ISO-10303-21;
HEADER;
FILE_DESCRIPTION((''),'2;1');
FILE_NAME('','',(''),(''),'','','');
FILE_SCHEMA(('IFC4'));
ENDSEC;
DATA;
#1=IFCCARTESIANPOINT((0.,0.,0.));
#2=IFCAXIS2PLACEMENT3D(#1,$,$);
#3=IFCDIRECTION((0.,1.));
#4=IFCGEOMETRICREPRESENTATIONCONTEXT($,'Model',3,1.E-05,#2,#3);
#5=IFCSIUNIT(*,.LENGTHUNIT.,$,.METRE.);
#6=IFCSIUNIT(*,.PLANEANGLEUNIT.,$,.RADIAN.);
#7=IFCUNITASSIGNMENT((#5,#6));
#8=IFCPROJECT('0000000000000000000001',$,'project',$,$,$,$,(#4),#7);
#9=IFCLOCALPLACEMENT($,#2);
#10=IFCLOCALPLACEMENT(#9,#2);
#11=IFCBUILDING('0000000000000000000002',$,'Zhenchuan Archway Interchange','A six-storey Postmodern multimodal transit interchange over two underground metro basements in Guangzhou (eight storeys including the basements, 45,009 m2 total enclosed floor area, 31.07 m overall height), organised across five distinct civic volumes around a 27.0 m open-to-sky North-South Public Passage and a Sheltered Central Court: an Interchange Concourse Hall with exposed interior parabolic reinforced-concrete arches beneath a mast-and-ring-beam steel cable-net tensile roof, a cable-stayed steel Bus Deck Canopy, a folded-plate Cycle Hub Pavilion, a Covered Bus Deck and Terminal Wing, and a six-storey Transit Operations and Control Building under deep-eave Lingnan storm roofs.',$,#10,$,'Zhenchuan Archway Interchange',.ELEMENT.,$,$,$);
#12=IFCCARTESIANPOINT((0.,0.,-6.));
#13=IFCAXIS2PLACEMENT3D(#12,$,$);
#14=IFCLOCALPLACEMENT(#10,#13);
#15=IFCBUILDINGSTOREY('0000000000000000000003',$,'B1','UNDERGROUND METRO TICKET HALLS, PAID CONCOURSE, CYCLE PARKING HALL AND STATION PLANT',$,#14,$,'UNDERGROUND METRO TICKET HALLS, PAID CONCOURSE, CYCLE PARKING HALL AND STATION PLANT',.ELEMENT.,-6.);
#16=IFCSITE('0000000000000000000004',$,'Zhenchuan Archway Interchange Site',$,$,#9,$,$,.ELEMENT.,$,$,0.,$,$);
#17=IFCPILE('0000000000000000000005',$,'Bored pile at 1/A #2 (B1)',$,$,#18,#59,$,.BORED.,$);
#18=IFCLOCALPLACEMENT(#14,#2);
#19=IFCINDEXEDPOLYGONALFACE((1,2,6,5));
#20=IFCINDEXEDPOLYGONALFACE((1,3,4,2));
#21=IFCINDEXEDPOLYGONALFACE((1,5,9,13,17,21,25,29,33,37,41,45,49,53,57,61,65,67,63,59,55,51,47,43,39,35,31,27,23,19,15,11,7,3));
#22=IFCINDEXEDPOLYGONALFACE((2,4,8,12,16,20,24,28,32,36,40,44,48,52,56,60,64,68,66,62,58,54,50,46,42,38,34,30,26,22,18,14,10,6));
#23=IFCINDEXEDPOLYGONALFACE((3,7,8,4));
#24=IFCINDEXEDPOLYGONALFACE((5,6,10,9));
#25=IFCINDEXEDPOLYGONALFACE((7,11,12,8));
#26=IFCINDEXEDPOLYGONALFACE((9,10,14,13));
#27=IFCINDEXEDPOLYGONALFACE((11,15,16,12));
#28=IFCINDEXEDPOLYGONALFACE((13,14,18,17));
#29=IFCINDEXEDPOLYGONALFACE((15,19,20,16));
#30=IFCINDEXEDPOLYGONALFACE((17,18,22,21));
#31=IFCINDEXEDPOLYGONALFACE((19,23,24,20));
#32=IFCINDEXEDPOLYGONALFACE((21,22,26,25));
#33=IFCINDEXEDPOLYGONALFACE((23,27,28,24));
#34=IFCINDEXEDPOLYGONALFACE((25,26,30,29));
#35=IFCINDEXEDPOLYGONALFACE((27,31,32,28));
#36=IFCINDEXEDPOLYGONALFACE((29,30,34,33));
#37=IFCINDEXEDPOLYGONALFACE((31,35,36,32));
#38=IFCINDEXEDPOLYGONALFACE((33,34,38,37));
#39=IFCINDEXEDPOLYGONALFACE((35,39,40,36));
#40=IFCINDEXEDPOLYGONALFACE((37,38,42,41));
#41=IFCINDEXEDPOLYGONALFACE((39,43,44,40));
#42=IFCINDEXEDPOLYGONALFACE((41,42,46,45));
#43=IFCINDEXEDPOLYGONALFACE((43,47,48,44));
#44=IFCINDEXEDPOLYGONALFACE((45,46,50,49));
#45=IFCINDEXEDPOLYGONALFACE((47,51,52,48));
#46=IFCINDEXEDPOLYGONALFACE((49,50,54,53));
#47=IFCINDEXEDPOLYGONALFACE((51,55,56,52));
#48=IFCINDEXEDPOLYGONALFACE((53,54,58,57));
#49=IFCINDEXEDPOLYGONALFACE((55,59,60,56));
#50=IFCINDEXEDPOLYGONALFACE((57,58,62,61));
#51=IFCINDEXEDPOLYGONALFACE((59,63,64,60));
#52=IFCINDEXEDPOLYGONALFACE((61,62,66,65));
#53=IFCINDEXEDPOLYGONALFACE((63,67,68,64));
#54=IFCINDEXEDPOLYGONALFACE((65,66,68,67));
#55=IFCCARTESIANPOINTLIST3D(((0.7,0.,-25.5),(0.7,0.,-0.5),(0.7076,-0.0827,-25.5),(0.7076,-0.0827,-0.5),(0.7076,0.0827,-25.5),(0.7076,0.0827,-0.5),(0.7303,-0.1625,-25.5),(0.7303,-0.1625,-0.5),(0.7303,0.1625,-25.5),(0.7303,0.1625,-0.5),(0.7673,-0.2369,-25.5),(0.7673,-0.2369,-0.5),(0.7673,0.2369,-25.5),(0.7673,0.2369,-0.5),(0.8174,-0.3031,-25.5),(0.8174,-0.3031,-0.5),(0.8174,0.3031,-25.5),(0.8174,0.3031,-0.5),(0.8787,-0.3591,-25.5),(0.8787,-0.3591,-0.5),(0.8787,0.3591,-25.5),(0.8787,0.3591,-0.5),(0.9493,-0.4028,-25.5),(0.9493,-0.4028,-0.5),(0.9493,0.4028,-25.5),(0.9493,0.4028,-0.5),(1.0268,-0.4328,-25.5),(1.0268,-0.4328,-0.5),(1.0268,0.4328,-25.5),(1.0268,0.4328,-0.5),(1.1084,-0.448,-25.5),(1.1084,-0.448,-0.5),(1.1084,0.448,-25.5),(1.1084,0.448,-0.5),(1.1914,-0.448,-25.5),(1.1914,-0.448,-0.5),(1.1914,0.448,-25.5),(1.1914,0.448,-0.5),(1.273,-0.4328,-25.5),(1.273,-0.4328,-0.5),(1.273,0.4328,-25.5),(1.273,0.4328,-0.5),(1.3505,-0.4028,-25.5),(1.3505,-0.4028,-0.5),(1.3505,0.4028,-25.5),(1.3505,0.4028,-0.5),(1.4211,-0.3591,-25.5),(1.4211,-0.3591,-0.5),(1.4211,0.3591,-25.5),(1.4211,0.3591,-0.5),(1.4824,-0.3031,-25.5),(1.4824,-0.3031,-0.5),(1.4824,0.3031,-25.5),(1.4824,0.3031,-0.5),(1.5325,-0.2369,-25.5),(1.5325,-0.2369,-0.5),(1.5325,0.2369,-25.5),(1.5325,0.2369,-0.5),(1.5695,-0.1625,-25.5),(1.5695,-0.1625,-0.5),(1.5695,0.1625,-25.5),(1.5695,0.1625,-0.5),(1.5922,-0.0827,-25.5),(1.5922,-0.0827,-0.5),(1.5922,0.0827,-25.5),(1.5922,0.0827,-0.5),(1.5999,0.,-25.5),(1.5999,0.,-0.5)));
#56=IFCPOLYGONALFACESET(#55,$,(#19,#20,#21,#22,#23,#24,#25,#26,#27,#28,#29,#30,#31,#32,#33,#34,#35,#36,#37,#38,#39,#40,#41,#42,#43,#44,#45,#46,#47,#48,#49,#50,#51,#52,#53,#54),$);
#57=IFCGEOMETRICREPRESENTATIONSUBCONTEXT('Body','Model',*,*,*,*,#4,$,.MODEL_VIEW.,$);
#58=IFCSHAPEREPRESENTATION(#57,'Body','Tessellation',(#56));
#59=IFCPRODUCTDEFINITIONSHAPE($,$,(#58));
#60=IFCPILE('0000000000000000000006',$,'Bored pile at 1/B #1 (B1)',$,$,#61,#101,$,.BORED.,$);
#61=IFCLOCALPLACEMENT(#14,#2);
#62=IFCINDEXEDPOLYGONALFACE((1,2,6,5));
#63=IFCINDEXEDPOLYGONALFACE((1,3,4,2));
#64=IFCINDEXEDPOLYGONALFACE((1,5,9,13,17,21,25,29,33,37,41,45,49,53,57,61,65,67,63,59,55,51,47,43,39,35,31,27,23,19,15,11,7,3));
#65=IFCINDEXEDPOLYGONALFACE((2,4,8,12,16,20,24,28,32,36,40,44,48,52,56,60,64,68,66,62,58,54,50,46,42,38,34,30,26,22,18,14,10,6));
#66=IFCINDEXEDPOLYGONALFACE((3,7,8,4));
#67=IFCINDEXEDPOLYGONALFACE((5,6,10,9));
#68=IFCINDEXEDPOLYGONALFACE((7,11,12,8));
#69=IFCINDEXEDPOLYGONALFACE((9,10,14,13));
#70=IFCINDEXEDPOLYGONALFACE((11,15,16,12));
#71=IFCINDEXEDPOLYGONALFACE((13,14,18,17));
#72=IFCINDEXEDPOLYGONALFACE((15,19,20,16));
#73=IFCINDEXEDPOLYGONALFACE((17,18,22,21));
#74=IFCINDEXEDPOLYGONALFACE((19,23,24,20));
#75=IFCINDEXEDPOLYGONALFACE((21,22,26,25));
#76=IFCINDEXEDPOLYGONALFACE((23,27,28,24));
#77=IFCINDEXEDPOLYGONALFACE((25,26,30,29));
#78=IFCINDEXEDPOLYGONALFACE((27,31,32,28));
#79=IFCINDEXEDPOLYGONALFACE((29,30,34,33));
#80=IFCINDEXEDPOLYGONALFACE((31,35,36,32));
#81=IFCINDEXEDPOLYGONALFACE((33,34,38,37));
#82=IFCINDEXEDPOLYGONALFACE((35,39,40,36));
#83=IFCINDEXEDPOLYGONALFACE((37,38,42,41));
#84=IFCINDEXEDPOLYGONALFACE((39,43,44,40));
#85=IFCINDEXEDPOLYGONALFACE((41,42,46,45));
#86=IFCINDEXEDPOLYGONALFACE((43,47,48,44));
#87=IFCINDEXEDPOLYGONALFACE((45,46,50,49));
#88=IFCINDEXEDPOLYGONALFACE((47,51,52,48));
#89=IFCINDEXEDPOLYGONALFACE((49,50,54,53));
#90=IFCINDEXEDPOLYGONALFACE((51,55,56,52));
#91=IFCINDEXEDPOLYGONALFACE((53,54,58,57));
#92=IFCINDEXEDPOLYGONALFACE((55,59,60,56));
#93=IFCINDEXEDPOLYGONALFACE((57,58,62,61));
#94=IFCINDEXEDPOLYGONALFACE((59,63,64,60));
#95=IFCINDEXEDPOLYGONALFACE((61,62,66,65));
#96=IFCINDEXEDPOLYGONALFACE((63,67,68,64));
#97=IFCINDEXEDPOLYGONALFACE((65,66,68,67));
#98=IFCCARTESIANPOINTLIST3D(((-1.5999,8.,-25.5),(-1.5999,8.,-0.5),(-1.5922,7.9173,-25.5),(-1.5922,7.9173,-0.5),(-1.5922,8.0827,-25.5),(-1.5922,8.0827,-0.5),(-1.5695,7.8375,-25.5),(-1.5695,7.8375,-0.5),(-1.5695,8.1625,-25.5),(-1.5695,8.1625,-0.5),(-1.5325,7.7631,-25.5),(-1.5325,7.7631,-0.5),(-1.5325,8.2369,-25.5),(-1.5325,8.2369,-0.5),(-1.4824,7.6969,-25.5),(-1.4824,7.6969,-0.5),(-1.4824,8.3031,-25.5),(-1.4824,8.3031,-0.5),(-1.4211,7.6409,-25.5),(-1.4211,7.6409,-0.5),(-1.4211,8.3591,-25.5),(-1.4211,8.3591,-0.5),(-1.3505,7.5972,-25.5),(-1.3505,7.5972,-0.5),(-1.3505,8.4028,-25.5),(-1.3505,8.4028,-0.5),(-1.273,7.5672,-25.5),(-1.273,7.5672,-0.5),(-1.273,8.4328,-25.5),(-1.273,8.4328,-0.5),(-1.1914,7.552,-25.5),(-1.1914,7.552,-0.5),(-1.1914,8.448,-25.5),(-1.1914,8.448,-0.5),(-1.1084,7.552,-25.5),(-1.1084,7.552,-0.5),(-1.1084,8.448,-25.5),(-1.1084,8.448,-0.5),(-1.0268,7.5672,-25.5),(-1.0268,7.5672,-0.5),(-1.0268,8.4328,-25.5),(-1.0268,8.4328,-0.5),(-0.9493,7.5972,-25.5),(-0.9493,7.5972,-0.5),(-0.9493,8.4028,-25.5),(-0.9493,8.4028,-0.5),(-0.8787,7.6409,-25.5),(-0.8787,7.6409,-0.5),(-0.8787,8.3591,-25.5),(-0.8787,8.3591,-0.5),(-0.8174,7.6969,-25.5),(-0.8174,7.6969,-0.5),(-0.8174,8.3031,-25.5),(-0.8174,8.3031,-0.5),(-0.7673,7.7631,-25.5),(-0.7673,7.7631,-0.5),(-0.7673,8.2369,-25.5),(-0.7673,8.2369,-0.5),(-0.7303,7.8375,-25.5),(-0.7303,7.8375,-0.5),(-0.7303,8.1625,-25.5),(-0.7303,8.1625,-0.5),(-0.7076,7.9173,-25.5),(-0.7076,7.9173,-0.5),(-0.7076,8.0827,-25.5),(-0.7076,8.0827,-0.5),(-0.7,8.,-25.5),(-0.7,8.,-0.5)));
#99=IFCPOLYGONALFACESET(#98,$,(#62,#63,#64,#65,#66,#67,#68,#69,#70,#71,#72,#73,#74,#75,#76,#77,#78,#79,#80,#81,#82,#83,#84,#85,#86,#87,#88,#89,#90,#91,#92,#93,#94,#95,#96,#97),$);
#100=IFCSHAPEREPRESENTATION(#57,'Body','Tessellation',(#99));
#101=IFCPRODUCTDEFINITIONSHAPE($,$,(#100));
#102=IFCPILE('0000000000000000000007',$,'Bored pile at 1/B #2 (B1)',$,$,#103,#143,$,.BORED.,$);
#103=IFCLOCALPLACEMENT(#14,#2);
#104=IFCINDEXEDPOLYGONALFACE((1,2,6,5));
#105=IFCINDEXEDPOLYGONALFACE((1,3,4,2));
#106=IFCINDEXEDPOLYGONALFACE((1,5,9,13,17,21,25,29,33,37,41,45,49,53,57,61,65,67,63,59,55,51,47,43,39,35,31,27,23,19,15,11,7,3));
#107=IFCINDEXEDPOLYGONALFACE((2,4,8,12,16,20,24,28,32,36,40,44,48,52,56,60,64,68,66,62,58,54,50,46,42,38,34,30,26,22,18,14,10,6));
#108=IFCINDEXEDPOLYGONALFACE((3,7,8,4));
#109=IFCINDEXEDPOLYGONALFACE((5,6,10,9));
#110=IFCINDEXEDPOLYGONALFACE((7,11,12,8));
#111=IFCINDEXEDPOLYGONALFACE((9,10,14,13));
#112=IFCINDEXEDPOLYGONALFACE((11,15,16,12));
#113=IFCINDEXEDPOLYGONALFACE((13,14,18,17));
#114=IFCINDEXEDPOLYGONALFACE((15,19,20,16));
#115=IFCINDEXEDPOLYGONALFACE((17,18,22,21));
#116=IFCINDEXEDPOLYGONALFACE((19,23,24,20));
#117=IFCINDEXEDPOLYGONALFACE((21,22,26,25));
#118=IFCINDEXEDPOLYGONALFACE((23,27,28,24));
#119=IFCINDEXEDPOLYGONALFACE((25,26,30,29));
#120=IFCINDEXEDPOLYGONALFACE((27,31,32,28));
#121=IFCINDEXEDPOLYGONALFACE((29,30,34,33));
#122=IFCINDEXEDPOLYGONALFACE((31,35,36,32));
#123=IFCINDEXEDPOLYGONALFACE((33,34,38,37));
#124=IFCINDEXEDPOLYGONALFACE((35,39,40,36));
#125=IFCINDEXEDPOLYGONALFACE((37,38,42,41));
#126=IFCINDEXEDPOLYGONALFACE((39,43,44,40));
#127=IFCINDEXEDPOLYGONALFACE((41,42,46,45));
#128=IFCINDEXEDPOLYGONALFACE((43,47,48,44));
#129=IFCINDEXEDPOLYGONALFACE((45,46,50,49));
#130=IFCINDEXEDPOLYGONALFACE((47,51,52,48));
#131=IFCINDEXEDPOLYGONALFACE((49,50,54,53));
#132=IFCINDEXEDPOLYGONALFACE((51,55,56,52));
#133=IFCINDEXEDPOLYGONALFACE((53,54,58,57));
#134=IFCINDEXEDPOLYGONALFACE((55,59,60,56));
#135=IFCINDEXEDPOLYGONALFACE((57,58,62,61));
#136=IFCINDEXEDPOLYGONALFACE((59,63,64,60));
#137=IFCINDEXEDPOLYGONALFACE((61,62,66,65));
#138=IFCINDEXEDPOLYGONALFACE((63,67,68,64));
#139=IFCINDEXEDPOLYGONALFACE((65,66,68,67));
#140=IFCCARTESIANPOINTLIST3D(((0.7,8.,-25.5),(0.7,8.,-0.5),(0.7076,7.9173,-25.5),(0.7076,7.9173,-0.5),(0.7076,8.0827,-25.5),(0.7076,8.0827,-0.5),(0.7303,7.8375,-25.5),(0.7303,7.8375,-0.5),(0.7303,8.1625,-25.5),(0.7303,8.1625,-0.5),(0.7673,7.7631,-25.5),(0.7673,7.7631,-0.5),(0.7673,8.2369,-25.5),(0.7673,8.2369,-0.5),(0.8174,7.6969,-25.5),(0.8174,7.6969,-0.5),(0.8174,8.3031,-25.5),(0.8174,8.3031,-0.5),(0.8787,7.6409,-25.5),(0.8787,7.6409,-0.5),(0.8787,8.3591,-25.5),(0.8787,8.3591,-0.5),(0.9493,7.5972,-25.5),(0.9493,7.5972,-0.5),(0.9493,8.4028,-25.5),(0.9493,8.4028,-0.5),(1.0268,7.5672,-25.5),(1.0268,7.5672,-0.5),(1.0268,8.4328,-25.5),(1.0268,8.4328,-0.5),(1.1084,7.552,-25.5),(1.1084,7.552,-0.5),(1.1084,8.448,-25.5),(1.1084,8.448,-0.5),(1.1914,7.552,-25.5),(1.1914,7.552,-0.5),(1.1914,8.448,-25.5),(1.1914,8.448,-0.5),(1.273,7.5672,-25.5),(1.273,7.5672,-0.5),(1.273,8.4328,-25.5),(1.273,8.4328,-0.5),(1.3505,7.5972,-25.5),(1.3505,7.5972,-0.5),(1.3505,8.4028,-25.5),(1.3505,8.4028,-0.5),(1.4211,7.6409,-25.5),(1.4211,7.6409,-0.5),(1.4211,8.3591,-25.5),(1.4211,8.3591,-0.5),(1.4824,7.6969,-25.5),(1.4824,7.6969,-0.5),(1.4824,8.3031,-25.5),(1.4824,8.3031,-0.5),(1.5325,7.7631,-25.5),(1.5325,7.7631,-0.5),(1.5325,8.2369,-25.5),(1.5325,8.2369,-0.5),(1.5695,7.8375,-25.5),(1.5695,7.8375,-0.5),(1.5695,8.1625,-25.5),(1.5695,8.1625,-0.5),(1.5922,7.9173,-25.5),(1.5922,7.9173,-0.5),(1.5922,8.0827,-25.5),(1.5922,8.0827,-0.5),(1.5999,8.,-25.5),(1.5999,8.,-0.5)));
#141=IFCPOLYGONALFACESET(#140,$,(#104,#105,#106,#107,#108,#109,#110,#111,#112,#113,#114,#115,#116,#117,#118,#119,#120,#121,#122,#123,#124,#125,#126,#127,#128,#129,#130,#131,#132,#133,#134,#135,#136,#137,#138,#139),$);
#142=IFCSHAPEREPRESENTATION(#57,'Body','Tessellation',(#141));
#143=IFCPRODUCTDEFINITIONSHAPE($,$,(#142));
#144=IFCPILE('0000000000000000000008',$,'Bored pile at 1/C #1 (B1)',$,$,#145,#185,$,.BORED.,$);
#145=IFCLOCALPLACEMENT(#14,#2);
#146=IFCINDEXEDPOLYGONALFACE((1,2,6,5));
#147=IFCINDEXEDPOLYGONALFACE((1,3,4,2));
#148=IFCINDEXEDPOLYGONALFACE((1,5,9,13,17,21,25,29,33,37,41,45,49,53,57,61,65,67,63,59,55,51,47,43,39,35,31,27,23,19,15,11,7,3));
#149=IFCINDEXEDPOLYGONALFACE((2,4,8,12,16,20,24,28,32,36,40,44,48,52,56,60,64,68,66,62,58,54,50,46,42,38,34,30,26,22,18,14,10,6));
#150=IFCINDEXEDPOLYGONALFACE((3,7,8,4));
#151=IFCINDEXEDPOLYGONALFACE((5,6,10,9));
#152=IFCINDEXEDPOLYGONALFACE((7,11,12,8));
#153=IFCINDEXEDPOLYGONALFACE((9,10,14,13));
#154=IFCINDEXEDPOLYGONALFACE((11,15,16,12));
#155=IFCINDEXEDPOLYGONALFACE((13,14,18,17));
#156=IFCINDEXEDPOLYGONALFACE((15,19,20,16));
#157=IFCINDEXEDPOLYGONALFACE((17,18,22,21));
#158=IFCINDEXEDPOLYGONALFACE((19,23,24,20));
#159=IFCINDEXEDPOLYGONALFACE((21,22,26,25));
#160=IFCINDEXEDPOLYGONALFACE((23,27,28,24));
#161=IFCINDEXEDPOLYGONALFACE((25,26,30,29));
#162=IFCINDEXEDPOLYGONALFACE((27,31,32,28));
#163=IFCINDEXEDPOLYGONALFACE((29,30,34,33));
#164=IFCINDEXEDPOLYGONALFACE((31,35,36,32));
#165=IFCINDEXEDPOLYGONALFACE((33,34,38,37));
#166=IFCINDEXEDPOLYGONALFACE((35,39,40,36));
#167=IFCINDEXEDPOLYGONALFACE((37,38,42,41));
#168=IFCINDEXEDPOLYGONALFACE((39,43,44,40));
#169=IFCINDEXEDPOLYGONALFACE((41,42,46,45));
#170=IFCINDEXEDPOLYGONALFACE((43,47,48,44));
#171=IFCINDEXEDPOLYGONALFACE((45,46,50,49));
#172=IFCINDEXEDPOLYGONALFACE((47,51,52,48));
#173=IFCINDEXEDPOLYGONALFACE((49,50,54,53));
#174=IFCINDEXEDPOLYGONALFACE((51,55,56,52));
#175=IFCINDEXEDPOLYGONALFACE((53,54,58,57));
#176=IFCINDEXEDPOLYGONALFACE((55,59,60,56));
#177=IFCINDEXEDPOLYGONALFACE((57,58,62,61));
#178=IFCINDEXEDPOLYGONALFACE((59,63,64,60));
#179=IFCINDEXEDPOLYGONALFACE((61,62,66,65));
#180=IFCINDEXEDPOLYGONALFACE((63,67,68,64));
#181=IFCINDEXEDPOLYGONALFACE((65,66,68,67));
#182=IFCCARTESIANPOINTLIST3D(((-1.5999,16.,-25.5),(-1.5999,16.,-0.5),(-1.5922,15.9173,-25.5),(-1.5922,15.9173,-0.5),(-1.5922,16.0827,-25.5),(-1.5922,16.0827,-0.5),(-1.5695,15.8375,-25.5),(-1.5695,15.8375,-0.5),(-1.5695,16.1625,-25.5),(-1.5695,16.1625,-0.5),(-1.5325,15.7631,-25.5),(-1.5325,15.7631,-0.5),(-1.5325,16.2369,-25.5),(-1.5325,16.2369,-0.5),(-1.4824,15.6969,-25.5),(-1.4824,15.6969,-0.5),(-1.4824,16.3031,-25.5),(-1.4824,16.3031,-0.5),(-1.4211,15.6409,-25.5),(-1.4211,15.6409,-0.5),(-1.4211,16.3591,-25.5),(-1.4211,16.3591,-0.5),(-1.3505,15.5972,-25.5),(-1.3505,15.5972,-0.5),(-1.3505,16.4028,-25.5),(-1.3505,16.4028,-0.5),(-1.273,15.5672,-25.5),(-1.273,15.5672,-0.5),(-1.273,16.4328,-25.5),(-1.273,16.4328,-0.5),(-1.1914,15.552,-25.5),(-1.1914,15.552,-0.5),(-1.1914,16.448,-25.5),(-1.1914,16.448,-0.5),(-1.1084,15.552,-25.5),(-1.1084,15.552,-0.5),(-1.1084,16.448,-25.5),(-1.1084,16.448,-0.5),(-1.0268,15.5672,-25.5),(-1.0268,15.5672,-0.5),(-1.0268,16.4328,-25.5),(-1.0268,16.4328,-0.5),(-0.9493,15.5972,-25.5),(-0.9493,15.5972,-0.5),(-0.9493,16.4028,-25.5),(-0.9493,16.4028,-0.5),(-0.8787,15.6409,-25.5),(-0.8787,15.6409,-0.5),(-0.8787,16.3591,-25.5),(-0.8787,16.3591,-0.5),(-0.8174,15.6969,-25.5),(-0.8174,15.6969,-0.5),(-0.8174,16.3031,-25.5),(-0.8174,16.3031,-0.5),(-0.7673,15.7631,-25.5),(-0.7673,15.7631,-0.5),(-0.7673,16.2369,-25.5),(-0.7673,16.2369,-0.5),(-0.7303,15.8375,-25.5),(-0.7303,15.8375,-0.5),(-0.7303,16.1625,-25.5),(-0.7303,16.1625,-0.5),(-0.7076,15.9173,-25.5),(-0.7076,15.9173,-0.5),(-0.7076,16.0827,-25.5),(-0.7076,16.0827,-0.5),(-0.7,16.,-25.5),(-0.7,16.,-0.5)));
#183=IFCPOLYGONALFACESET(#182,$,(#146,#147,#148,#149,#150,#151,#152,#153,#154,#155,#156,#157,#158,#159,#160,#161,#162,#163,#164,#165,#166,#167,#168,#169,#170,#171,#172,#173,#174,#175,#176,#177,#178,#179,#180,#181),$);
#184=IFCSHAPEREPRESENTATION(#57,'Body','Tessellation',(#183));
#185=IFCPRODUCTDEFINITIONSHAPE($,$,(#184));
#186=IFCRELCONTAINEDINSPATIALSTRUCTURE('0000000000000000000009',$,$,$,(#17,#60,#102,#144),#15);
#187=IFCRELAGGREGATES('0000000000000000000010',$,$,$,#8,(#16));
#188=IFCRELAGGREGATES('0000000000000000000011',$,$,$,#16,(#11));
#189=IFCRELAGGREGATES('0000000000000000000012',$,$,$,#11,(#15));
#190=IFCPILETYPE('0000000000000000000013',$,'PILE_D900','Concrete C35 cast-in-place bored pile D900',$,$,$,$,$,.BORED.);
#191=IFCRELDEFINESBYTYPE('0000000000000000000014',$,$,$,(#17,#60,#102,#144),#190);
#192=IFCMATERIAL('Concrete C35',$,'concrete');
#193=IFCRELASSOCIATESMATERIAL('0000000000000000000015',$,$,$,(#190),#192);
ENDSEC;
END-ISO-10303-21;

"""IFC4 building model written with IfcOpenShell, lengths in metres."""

from ifc_helpers import new_model, si_unit, direction, frame, origin, origin_2d, place, context, subcontext, project, spatial, circle, extrude, material, material_profile, profile_set, type_object, element, save


model = new_model("IFC4")

# Units and contexts
model_context = context("Model", 3, precision=1e-05, world=origin(), true_north=direction((0.0, 1.0)))
body_context = subcontext(model_context, "Body", "Model", "MODEL_VIEW")
ifc_project = project(units=[si_unit("LENGTHUNIT", "METRE"), si_unit("PLANEANGLEUNIT", "RADIAN")], contexts=[model_context])

# Site, building, storey
site_placement = place(None, origin())
site = spatial("IfcSite", under=ifc_project, at=site_placement, Name="Zhenchuan Archway Interchange Site", CompositionType="ELEMENT", RefElevation=0.0)
building_placement = place(site_placement, origin())
building = spatial("IfcBuilding", under=site, at=building_placement, Name="Zhenchuan Archway Interchange", Description="A six-storey Postmodern multimodal transit interchange over two underground metro basements in Guangzhou (eight storeys including the basements, 45,009 m2 total enclosed floor area, 31.07 m overall height), organised across five distinct civic volumes around a 27.0 m open-to-sky North-South Public Passage and a Sheltered Central Court: an Interchange Concourse Hall with exposed interior parabolic reinforced-concrete arches beneath a mast-and-ring-beam steel cable-net tensile roof, a cable-stayed steel Bus Deck Canopy, a folded-plate Cycle Hub Pavilion, a Covered Bus Deck and Terminal Wing, and a six-storey Transit Operations and Control Building under deep-eave Lingnan storm roofs.", LongName="Zhenchuan Archway Interchange", CompositionType="ELEMENT")
storey_placement = place(building_placement, frame((0.0, 0.0, -6.0)))
storey = spatial("IfcBuildingStorey", under=building, at=storey_placement, Name="B1", Description="UNDERGROUND METRO TICKET HALLS, PAID CONCOURSE, CYCLE PARKING HALL AND STATION PLANT", LongName="UNDERGROUND METRO TICKET HALLS, PAID CONCOURSE, CYCLE PARKING HALL AND STATION PLANT", CompositionType="ELEMENT", Elevation=-6.0)

# Piles
ifc_material_1 = material(Name="Concrete C35", Category="concrete")
ifc_material_profile_1 = material_profile(ifc_material_1, circle(Radius=0.45, at=origin_2d()), Name="BORED PILE 900")
ifc_profile_set_1 = profile_set([ifc_material_profile_1], Name="Concrete C35")
pile_type_1 = type_object("IfcPileType", Name="PILE_D900", Description="Concrete C35 cast-in-place bored pile D900", PredefinedType="BORED", material=ifc_profile_set_1)
for number, where, z_axis, x_axis, name in (
    (1, (1.1499, 0.0, -0.5), (0.0, 0.0, -1.0), (1.0, 0.0, 0.0), "Bored pile at 1/A #2 (B1)"),
    (2, (-1.1499, 8.0, -0.5), (0.0, 0.0, -1.0), (1.0, 0.0, 0.0), "Bored pile at 1/B #1 (B1)"),
    (3, (1.1499, 8.0, -0.5), (0.0, 0.0, -1.0), (1.0, 0.0, 0.0), "Bored pile at 1/B #2 (B1)"),
    (4, (-1.1499, 16.0, -0.5), (0.0, 0.0, -1.0), (1.0, 0.0, 0.0), "Bored pile at 1/C #1 (B1)"),
):
    element("IfcPile", number, at=place(storey_placement, frame(where, z_axis=z_axis, x_axis=x_axis)), inside=storey, type_object=pile_type_1, Name=name, PredefinedType="BORED", context=body_context, shape_type="SweptSolid", body=[
        extrude(circle(Radius=0.45, at=origin_2d()), origin(), (0.0, 0.0, 1.0), 25.0),
    ])

save(model, "model.ifc")
